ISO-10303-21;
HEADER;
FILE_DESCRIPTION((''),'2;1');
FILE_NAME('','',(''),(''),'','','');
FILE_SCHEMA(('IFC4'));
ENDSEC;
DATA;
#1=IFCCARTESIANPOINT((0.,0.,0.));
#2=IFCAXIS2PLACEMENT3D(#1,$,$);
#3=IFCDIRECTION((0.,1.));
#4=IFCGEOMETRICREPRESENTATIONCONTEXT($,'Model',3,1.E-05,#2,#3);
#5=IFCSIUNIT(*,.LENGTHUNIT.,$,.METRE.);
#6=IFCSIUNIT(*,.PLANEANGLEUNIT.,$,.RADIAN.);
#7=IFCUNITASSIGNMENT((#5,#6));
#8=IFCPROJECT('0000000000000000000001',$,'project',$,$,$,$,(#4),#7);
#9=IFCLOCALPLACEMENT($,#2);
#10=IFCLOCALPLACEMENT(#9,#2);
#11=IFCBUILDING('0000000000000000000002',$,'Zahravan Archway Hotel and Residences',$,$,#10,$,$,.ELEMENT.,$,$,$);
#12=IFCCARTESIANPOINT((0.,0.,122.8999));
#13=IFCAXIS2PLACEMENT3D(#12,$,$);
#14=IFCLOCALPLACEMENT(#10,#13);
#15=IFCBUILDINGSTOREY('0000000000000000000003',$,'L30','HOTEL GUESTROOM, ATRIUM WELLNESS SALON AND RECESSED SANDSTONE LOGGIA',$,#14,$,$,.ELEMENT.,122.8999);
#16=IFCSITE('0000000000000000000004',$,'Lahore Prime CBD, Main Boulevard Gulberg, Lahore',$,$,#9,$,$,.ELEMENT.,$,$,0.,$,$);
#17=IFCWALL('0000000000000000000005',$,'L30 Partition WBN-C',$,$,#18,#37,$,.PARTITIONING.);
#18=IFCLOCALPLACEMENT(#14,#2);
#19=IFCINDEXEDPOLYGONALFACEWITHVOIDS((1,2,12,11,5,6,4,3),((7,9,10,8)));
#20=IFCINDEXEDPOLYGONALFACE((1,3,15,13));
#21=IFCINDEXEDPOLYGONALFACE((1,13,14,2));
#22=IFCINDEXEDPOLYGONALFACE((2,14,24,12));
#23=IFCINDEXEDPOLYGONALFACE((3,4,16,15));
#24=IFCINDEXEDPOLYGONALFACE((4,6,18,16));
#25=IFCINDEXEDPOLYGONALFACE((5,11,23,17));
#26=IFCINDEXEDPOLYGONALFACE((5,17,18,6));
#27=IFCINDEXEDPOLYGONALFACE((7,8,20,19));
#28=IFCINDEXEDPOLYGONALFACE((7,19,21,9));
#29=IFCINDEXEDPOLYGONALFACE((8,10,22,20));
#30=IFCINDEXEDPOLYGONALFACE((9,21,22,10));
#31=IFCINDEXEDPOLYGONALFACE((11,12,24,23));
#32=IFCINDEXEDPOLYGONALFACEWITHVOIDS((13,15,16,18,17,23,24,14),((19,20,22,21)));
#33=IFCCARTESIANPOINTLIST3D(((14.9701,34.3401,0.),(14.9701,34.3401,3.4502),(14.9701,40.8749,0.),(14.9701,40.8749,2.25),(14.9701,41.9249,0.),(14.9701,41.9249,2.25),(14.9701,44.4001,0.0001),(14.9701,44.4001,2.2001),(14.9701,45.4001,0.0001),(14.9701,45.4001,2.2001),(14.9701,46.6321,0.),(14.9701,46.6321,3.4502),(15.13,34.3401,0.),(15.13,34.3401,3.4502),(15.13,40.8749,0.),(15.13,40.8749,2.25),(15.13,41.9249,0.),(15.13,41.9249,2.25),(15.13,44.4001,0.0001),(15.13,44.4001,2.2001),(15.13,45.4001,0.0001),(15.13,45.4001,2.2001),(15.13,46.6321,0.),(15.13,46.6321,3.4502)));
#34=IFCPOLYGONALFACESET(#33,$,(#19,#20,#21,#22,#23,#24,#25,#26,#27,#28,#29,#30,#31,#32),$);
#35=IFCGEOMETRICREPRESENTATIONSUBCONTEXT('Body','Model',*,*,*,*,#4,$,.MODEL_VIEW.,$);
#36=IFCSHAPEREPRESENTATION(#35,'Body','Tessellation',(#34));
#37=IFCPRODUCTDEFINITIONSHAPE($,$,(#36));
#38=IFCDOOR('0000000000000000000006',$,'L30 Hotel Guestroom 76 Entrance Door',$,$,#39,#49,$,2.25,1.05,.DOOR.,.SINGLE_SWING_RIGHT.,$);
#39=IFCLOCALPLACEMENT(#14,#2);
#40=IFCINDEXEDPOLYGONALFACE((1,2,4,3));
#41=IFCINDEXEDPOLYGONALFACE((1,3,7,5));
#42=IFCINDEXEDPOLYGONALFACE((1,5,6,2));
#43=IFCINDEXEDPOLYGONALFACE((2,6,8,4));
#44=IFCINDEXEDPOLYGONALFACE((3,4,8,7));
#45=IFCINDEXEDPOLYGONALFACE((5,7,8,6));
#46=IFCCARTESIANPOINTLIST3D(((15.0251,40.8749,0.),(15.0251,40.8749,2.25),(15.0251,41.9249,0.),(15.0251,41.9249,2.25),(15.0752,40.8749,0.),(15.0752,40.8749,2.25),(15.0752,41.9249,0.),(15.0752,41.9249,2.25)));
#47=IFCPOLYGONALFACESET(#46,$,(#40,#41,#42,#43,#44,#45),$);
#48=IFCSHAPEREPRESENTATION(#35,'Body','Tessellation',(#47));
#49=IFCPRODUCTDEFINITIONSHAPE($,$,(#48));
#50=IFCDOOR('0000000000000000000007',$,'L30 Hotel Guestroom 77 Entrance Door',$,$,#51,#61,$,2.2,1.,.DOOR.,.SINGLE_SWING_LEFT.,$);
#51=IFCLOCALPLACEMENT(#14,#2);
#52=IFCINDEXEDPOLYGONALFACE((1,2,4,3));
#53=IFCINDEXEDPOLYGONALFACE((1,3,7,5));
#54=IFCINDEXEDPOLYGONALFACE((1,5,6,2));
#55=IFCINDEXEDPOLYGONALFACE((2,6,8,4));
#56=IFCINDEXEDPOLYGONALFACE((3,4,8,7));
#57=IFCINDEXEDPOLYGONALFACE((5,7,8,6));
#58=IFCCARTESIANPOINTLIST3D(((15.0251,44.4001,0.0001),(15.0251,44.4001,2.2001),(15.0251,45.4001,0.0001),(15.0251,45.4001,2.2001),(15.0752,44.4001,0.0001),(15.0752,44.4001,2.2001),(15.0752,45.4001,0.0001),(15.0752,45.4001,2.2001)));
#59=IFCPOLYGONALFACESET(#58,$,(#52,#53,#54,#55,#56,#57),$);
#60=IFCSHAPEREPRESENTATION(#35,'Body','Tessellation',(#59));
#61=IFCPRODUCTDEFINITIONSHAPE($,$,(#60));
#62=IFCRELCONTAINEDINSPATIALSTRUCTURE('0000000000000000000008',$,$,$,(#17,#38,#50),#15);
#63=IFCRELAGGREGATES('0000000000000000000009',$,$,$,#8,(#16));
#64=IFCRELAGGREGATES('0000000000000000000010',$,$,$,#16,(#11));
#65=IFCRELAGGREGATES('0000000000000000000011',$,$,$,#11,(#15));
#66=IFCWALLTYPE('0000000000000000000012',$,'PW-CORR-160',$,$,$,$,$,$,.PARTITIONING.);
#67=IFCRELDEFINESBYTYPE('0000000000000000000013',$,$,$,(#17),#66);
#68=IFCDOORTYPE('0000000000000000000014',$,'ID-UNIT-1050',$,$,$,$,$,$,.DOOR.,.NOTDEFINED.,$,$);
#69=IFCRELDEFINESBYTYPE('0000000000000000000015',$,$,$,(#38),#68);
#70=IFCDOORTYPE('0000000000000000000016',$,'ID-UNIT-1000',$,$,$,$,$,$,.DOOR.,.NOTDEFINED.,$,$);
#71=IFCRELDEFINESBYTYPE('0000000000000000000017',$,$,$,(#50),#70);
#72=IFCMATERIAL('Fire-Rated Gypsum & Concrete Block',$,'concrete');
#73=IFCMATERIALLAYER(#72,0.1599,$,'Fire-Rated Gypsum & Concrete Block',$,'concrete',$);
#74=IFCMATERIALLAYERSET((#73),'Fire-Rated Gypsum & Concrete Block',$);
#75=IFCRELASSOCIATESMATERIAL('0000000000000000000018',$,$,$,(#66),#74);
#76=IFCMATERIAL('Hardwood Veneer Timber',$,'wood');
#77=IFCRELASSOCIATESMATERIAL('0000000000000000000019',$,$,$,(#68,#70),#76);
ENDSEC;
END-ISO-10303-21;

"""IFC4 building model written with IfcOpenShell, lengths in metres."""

from ifc_helpers import new_model, si_unit, direction, frame, frame_2d, origin, place, context, subcontext, project, spatial, rectangle, extrude, source, transform, mapped, material, layer, layer_set, type_object, type_shapes, element, fill, save


model = new_model("IFC4")

# Units and contexts
model_context = context("Model", 3, precision=1e-05, world=origin(), true_north=direction((0.0, 1.0)))
body_context = subcontext(model_context, "Body", "Model", "MODEL_VIEW")
ifc_project = project(units=[si_unit("LENGTHUNIT", "METRE"), si_unit("PLANEANGLEUNIT", "RADIAN")], contexts=[model_context])

# Site, building, storey
site_placement = place(None, origin())
site = spatial("IfcSite", under=ifc_project, at=site_placement, Name="Lahore Prime CBD, Main Boulevard Gulberg, Lahore", CompositionType="ELEMENT", RefElevation=0.0)
building_placement = place(site_placement, origin())
building = spatial("IfcBuilding", under=site, at=building_placement, Name="Zahravan Archway Hotel and Residences", CompositionType="ELEMENT")
storey_placement = place(building_placement, frame((0.0, 0.0, 122.8999)))
storey = spatial("IfcBuildingStorey", under=building, at=storey_placement, Name="L30", Description="HOTEL GUESTROOM, ATRIUM WELLNESS SALON AND RECESSED SANDSTONE LOGGIA", CompositionType="ELEMENT", Elevation=122.8999)

# Wall, openings, doors
ifc_material_1 = material(Name="Fire-Rated Gypsum & Concrete Block", Category="concrete")
ifc_layer_1 = layer(ifc_material_1, 0.1599, Name="Fire-Rated Gypsum & Concrete Block", Category="concrete")
ifc_layer_set_1 = layer_set([ifc_layer_1], Name="Fire-Rated Gypsum & Concrete Block")
wall_type = type_object("IfcWallType", Name="PW-CORR-160", PredefinedType="PARTITIONING", material=ifc_layer_set_1)
wall_placement = place(storey_placement, frame((15.05, 34.3401, 0.0), z_axis=(0.0, 0.0, 1.0), x_axis=(0.0, 1.0, 0.0)))
wall = element("IfcWall", 1, at=wall_placement, inside=storey, type_object=wall_type, Name="L30 Partition WBN-C", PredefinedType="PARTITIONING", context=body_context, shape_type="SweptSolid", body=[
    extrude(rectangle(XDim=12.292, YDim=0.1599, at=frame_2d((6.146, 0.0))), origin(), (0.0, 0.0, 1.0), 3.4502),
])
opening_1_placement = place(wall_placement, frame((6.5349, 0.0, 0.0)))
opening_1 = element("IfcOpeningElement", 2, at=opening_1_placement, cuts=wall, PredefinedType="OPENING", context=body_context, shape_type="SweptSolid", body=[
    extrude(rectangle(XDim=1.05, YDim=2.25, at=frame_2d((0.5249, 1.125))), frame((0.0, 0.0898, 0.0), z_axis=(0.0, -1.0, 0.0), x_axis=(1.0, 0.0, 0.0)), (0.0, 0.0, 1.0), 0.1799),
])
opening_2_placement = place(wall_placement, frame((10.0601, 0.0, 0.0)))
opening_2 = element("IfcOpeningElement", 3, at=opening_2_placement, cuts=wall, PredefinedType="OPENING", context=body_context, shape_type="SweptSolid", body=[
    extrude(rectangle(XDim=1.0, YDim=2.2, at=frame_2d((0.5, 1.1001))), frame((0.0, 0.0898, 0.0), z_axis=(0.0, -1.0, 0.0), x_axis=(1.0, 0.0, 0.0)), (0.0, 0.0, 1.0), 0.1799),
])
ifc_material_2 = material(Name="Hardwood Veneer Timber", Category="wood")
door_type_1 = type_object("IfcDoorType", Name="ID-UNIT-1050", OperationType="NOTDEFINED", PredefinedType="DOOR", material=ifc_material_2)
shared_shape_1 = source(origin(), body_context, "Body", "SweptSolid", [
    extrude(rectangle(XDim=1.05, YDim=2.25, at=frame_2d((0.5249, 1.125))), frame((0.0, 0.0249, 0.0), z_axis=(0.0, -1.0, 0.0), x_axis=(1.0, 0.0, 0.0)), (0.0, 0.0, 1.0), 0.05),
])
type_shapes(door_type_1, [shared_shape_1])
door_1_placement = place(opening_1_placement, origin())
door_1 = element("IfcDoor", 4, at=door_1_placement, inside=storey, type_object=door_type_1, Name="L30 Hotel Guestroom 76 Entrance Door", OperationType="SINGLE_SWING_RIGHT", OverallHeight=2.25, OverallWidth=1.05, PredefinedType="DOOR", context=body_context, shape_type="MappedRepresentation", body=[
    mapped(shared_shape_1, transform((0.0, 0.0, 0.0), scale=1.0)),
])
fill(opening_1, door_1)
door_type_2 = type_object("IfcDoorType", Name="ID-UNIT-1000", OperationType="NOTDEFINED", PredefinedType="DOOR", material=ifc_material_2)
shared_shape_2 = source(origin(), body_context, "Body", "SweptSolid", [
    extrude(rectangle(XDim=1.0, YDim=2.2, at=frame_2d((0.5, 1.1001))), frame((0.0, 0.0249, 0.0), z_axis=(0.0, -1.0, 0.0), x_axis=(1.0, 0.0, 0.0)), (0.0, 0.0, 1.0), 0.05),
])
type_shapes(door_type_2, [shared_shape_2])
door_2_placement = place(opening_2_placement, origin())
door_2 = element("IfcDoor", 5, at=door_2_placement, inside=storey, type_object=door_type_2, Name="L30 Hotel Guestroom 77 Entrance Door", OperationType="SINGLE_SWING_LEFT", OverallHeight=2.2, OverallWidth=1.0, PredefinedType="DOOR", context=body_context, shape_type="MappedRepresentation", body=[
    mapped(shared_shape_2, transform((0.0, 0.0, 0.0), scale=1.0)),
])
fill(opening_2, door_2)

save(model, "model.ifc")
